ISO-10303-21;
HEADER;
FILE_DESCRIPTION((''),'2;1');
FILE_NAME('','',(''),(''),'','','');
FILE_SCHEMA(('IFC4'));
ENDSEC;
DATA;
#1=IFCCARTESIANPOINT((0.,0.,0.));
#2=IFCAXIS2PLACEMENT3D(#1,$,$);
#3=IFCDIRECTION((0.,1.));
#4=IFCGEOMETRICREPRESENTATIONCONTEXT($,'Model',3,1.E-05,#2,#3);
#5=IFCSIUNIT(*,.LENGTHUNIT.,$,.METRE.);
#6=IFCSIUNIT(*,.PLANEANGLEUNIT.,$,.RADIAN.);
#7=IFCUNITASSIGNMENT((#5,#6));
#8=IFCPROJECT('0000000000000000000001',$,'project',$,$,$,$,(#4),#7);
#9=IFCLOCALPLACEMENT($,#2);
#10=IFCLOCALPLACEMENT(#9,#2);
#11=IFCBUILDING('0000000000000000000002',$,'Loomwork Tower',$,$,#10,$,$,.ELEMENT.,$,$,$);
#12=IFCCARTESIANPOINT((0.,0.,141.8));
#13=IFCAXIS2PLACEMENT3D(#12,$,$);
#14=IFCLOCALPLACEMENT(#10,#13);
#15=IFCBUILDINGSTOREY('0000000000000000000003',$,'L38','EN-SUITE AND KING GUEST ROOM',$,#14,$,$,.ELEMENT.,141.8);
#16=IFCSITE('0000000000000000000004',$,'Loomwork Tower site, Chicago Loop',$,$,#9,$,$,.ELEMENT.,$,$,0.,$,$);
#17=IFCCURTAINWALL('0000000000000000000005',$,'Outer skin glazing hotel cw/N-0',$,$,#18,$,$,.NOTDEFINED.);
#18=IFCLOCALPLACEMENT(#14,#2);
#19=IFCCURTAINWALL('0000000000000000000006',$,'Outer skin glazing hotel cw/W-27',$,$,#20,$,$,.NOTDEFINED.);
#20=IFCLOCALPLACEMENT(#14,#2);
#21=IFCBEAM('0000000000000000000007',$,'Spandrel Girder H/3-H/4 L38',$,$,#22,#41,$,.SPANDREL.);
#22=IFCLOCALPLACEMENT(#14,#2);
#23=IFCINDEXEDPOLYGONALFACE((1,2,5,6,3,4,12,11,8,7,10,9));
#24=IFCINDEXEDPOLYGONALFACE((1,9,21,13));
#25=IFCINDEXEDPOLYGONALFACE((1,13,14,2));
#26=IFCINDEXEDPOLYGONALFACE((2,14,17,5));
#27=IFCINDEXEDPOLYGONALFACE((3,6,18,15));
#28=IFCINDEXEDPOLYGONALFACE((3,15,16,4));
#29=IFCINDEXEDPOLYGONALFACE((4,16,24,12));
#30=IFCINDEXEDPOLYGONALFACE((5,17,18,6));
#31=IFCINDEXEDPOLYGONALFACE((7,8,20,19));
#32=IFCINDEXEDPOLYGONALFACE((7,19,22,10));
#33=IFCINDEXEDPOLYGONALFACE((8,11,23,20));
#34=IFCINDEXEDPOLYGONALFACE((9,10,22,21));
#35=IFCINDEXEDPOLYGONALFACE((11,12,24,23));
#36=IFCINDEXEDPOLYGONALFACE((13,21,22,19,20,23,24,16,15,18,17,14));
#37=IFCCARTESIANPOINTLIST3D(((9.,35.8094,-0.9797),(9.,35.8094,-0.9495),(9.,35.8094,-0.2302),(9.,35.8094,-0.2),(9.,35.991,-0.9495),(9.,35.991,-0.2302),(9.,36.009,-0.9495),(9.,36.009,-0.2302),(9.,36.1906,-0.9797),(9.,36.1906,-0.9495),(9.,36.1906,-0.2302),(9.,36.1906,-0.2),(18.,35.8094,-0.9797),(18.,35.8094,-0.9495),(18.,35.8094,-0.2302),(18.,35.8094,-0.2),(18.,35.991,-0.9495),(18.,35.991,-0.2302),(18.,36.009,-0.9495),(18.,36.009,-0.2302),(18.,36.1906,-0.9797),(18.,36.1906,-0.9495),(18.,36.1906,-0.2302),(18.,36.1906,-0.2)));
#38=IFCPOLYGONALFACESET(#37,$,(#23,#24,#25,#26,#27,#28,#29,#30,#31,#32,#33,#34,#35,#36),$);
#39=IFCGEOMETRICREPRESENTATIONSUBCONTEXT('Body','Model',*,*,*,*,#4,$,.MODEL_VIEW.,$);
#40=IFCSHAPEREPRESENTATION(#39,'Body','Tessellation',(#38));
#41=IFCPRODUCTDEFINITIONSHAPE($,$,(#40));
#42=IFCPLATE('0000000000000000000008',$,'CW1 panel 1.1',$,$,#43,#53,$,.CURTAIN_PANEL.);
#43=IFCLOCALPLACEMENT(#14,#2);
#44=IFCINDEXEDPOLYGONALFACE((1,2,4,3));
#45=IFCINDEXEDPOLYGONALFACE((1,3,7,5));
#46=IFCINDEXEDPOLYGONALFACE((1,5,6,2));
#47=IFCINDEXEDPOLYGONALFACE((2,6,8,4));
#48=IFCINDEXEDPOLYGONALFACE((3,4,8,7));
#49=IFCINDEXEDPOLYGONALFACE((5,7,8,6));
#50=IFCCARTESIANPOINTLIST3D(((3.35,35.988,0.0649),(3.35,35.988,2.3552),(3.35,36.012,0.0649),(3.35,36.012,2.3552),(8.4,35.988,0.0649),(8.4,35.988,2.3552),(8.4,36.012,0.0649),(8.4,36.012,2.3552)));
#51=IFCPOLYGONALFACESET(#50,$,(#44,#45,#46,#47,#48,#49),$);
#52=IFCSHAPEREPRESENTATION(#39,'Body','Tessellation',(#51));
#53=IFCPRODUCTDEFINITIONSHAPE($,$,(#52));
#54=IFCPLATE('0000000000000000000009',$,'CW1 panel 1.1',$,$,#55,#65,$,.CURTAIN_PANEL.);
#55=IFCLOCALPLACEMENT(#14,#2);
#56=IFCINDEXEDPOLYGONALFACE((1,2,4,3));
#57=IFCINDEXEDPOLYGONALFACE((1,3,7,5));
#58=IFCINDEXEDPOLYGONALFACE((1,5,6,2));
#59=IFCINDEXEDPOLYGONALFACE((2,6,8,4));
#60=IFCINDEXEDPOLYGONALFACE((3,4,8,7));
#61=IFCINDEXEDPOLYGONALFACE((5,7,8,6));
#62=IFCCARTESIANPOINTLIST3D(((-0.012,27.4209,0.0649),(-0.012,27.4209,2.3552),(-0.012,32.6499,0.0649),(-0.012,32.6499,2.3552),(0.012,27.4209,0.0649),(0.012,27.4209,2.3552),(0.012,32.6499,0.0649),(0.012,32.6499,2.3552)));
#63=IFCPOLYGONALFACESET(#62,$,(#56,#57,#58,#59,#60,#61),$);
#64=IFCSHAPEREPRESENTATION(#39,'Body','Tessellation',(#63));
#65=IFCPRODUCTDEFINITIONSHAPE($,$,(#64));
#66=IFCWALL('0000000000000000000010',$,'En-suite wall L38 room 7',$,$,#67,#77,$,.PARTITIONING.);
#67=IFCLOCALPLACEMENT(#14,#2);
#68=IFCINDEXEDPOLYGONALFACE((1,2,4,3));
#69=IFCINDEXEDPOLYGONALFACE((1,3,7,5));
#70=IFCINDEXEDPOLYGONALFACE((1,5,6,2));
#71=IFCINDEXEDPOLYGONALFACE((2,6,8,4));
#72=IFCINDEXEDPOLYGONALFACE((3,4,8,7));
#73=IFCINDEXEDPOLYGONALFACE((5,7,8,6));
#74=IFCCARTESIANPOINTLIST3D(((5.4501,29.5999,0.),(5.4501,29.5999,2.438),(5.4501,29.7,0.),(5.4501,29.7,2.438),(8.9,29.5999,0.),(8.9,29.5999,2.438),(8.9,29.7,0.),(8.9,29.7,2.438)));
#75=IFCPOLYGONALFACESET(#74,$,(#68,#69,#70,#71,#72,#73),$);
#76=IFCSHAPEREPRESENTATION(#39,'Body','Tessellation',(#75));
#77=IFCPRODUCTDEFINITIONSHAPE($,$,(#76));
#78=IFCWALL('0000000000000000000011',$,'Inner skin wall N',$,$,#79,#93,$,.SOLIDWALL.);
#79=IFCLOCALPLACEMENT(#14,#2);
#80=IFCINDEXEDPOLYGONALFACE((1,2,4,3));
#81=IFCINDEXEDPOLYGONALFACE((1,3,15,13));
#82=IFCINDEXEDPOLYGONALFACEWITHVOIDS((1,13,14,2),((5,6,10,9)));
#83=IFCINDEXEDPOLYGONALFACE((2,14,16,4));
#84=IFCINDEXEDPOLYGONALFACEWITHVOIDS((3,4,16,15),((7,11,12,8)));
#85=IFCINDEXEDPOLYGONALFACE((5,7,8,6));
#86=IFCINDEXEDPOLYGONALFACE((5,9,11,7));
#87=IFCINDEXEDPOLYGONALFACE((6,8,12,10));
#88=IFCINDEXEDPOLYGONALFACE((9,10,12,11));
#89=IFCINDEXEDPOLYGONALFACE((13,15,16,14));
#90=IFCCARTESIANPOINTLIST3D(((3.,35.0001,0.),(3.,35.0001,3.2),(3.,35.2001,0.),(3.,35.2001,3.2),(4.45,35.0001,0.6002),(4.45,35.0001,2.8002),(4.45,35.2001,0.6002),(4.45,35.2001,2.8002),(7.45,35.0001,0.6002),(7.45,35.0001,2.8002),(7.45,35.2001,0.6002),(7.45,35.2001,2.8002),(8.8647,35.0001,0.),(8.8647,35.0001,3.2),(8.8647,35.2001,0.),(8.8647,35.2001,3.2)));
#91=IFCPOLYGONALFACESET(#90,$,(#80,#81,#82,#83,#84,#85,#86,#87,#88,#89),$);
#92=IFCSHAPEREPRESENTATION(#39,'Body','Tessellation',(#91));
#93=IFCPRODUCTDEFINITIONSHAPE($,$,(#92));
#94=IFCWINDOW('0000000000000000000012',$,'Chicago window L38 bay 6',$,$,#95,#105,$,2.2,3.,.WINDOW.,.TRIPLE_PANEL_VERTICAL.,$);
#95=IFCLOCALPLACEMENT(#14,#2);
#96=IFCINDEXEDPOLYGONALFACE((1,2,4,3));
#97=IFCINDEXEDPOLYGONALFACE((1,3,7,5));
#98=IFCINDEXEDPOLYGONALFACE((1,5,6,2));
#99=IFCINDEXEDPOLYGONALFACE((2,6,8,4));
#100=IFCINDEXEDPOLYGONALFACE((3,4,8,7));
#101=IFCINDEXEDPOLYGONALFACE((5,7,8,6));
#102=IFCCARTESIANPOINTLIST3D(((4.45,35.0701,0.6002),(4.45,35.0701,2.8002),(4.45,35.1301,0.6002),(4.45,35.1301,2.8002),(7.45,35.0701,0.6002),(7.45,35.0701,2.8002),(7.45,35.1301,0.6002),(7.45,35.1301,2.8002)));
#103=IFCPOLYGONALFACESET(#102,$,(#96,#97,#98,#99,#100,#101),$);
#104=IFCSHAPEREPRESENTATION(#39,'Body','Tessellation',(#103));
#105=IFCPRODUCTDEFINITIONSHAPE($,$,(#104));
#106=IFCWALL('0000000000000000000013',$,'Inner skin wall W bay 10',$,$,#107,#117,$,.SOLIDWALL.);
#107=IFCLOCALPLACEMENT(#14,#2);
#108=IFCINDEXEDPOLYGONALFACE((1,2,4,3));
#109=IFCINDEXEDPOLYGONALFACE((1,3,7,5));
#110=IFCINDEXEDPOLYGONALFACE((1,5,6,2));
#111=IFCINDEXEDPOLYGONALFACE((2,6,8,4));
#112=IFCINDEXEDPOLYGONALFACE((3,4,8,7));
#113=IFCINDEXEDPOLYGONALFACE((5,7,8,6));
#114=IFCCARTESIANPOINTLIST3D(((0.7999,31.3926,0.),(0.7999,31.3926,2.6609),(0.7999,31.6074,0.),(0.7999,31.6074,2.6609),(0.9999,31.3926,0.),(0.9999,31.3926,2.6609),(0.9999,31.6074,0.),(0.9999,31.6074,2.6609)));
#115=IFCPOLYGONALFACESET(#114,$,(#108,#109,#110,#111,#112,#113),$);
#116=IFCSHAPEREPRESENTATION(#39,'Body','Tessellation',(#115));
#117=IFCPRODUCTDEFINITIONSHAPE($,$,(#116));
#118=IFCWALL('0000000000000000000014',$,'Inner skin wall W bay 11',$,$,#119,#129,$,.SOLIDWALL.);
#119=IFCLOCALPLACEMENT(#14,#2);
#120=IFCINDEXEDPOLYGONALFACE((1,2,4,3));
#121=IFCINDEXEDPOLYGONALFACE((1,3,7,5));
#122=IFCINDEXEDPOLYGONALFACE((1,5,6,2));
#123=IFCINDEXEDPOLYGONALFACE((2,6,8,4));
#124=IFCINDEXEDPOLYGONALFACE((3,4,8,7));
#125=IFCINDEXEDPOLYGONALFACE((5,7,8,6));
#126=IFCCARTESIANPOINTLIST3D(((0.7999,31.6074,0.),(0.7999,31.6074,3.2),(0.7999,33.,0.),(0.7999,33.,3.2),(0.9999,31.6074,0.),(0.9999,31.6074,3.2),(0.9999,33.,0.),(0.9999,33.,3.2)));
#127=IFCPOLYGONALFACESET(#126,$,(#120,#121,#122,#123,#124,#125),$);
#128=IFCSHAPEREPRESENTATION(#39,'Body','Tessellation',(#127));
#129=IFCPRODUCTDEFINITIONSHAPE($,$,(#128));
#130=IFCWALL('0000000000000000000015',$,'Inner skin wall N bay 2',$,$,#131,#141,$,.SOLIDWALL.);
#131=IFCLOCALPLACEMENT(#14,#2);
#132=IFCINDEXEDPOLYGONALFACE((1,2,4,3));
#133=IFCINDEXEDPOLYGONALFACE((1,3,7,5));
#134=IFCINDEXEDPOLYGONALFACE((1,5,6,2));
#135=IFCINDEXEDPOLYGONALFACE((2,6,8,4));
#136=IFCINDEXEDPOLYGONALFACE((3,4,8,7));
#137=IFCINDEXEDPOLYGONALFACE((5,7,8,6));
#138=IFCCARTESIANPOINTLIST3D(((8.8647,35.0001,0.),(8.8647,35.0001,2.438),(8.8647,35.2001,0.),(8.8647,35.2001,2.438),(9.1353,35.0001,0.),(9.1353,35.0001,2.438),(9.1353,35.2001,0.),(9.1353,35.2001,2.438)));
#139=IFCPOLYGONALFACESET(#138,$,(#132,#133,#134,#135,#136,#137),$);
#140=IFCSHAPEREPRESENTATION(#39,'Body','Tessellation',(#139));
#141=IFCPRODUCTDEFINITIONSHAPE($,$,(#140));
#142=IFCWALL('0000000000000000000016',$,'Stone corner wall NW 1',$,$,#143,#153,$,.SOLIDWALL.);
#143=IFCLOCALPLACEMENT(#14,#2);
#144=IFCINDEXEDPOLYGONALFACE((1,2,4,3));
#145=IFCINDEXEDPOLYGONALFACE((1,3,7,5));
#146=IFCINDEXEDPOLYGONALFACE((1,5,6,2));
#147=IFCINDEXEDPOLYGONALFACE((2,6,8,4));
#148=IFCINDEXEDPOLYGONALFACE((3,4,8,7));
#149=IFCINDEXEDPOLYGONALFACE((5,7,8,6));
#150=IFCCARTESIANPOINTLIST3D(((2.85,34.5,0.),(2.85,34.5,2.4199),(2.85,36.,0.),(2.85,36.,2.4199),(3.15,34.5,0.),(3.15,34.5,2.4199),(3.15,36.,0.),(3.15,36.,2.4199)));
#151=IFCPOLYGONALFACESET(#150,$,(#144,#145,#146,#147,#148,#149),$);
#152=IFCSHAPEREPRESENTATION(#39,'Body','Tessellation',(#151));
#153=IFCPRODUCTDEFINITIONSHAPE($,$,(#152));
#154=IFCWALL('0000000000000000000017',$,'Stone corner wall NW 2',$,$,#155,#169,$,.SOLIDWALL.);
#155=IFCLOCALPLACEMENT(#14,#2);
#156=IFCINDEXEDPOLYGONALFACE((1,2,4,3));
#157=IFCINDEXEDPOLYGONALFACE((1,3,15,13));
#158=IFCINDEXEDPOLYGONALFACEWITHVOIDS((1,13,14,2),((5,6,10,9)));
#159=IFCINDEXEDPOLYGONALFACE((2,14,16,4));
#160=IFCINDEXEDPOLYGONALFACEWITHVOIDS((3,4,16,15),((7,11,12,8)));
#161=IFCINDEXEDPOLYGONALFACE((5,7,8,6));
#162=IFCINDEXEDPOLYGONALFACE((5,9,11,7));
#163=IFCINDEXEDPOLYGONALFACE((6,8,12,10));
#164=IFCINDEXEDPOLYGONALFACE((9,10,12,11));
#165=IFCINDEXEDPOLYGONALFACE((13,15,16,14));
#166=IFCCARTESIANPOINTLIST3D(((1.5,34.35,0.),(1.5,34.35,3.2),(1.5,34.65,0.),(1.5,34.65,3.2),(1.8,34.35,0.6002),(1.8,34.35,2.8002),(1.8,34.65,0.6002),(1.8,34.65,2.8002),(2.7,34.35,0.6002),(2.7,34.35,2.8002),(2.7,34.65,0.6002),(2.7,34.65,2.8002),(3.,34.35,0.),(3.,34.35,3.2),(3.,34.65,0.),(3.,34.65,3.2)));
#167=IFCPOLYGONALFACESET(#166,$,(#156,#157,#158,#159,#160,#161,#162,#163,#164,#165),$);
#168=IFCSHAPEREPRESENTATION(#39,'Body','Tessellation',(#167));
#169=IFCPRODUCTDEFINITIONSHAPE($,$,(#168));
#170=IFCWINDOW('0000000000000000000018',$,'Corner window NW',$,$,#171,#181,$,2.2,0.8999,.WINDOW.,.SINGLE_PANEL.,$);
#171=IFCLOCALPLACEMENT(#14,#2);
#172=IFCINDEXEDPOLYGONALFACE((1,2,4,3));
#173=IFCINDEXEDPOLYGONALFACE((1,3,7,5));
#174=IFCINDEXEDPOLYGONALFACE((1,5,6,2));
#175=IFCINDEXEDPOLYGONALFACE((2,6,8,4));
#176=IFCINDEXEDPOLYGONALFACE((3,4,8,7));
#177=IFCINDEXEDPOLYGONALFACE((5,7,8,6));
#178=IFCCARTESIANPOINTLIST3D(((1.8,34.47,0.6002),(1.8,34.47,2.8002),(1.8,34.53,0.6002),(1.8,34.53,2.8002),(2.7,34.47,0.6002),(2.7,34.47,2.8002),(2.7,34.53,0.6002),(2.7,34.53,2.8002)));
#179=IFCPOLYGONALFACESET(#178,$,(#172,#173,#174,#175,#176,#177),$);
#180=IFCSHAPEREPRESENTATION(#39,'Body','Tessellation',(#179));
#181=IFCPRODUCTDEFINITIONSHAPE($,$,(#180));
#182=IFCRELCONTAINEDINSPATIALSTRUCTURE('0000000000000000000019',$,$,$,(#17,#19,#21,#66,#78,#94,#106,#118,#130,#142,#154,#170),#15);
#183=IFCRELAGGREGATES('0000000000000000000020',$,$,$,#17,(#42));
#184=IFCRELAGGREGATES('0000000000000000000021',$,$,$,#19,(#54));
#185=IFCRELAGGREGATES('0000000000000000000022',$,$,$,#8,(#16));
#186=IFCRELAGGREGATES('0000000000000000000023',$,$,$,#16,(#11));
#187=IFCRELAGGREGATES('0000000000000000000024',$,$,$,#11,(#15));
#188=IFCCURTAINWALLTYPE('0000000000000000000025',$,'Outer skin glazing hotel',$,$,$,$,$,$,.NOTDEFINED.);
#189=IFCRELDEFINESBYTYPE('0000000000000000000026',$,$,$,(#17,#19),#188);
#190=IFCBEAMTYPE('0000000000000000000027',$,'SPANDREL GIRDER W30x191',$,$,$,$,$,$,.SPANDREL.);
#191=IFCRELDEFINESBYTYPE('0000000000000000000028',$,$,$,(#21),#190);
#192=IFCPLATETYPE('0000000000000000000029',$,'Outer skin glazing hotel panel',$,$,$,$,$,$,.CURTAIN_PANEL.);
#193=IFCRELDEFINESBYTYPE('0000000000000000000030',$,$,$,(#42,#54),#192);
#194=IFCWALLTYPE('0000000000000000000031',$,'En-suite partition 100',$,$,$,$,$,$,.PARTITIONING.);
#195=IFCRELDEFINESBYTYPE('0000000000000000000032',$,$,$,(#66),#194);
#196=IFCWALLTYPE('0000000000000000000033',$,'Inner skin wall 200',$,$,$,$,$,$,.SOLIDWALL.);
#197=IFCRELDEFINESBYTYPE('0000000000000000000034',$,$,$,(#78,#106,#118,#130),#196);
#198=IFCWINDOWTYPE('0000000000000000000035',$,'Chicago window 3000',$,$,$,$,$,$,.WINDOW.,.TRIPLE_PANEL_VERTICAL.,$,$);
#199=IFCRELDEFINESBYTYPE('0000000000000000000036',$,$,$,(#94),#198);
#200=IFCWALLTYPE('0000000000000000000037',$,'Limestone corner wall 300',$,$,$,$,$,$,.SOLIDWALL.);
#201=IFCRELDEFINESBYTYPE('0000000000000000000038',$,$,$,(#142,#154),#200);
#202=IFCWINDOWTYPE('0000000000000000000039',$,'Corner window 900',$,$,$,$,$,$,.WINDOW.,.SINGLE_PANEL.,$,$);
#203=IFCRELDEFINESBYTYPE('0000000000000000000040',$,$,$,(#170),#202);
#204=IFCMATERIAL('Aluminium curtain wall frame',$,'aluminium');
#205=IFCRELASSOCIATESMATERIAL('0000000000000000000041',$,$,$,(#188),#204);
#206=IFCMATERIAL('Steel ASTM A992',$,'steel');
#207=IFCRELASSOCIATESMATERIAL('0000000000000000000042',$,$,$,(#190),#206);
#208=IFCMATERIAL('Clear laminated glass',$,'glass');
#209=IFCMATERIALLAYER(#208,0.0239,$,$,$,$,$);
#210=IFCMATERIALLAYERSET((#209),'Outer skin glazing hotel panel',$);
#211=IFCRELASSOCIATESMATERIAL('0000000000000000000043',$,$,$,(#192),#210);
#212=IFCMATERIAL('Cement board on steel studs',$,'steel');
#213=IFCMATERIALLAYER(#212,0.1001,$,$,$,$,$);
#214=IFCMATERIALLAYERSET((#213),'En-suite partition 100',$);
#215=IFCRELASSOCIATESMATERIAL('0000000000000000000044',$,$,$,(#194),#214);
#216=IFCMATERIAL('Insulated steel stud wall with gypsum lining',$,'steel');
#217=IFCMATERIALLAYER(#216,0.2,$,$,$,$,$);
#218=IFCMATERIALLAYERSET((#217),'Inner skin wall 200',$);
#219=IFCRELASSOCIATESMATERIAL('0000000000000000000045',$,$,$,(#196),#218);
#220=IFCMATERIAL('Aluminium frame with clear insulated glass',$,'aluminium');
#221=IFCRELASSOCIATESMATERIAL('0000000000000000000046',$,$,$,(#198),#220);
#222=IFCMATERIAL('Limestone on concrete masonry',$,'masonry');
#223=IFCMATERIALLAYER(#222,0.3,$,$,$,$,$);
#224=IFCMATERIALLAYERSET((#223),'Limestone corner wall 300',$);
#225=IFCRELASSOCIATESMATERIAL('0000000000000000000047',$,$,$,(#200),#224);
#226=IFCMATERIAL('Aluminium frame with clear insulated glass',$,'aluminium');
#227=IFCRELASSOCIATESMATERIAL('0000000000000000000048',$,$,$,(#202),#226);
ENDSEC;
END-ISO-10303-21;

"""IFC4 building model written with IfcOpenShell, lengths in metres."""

from ifc_helpers import new_model, si_unit, direction, frame, frame_2d, origin, origin_2d, place, context, subcontext, project, spatial, rectangle, i_section, extrude, material, layer, layer_set, material_profile, profile_set, type_object, element, fill, aggregate, save


model = new_model("IFC4")

# Units and contexts
model_context = context("Model", 3, precision=1e-05, world=origin(), true_north=direction((0.0, 1.0)))
body_context = subcontext(model_context, "Body", "Model", "MODEL_VIEW")
ifc_project = project(units=[si_unit("LENGTHUNIT", "METRE"), si_unit("PLANEANGLEUNIT", "RADIAN")], contexts=[model_context])

# Site, building, storey
site_placement = place(None, origin())
site = spatial("IfcSite", under=ifc_project, at=site_placement, Name="Loomwork Tower site, Chicago Loop", CompositionType="ELEMENT", RefElevation=0.0)
building_placement = place(site_placement, origin())
building = spatial("IfcBuilding", under=site, at=building_placement, Name="Loomwork Tower", CompositionType="ELEMENT")
storey_placement = place(building_placement, frame((0.0, 0.0, 141.8)))
storey = spatial("IfcBuildingStorey", under=building, at=storey_placement, Name="L38", Description="EN-SUITE AND KING GUEST ROOM", CompositionType="ELEMENT", Elevation=141.8)

# Curtain wall
ifc_material_1 = material(Name="Aluminium curtain wall frame", Category="aluminium")
curtain_wall_type = type_object("IfcCurtainWallType", Name="Outer skin glazing hotel", PredefinedType="NOTDEFINED", material=ifc_material_1)
curtain_wall_1_placement = place(storey_placement, origin())
curtain_wall_1 = element("IfcCurtainWall", 1, at=curtain_wall_1_placement, inside=storey, type_object=curtain_wall_type, Name="Outer skin glazing hotel cw/N-0", PredefinedType="NOTDEFINED")

# Curtain wall
curtain_wall_2_placement = place(storey_placement, origin())
curtain_wall_2 = element("IfcCurtainWall", 2, at=curtain_wall_2_placement, inside=storey, type_object=curtain_wall_type, Name="Outer skin glazing hotel cw/W-27", PredefinedType="NOTDEFINED")

# Beam
ifc_material_2 = material(Name="Steel ASTM A992", Category="steel")
ifc_material_profile_1 = material_profile(ifc_material_2, i_section(OverallWidth=0.3811, OverallDepth=0.7798, WebThickness=0.0181, FlangeThickness=0.0303, at=origin_2d()), Name="W30x191")
ifc_profile_set_1 = profile_set([ifc_material_profile_1], Name="Steel ASTM A992")
beam_type_1 = type_object("IfcBeamType", Name="SPANDREL GIRDER W30x191", PredefinedType="SPANDREL", material=ifc_profile_set_1)
for number, where, z_axis, x_axis, name in (
    (3, (9.0, 36.0, -0.5898), (1.0, 0.0, 0.0), (0.0, 1.0, 0.0), "Spandrel Girder H/3-H/4 L38"),
):
    element("IfcBeam", number, at=place(storey_placement, frame(where, z_axis=z_axis, x_axis=x_axis)), inside=storey, type_object=beam_type_1, Name=name, PredefinedType="SPANDREL", context=body_context, shape_type="SweptSolid", body=[
        extrude(i_section(OverallWidth=0.3811, OverallDepth=0.7798, WebThickness=0.0181, FlangeThickness=0.0303, at=origin_2d()), origin(), (0.0, 0.0, 1.0), 9.0),
    ])

# Plates
ifc_material_3 = material(Name="Clear laminated glass", Category="glass")
ifc_layer_1 = layer(ifc_material_3, 0.0239)
ifc_layer_set_1 = layer_set([ifc_layer_1], Name="Outer skin glazing hotel panel")
plate_type = type_object("IfcPlateType", Name="Outer skin glazing hotel panel", PredefinedType="CURTAIN_PANEL", material=ifc_layer_set_1)
plate_1_placement = place(storey_placement, frame((5.875, 36.0, 0.0649), z_axis=(0.0, 0.0, 1.0), x_axis=(-1.0, 0.0, 0.0)))
plate_1 = element("IfcPlate", 4, at=plate_1_placement, type_object=plate_type, Name="CW1 panel 1.1", PredefinedType="CURTAIN_PANEL", context=body_context, shape_type="SweptSolid", body=[
    extrude(rectangle(XDim=5.05, YDim=0.0239, at=origin_2d()), origin(), (0.0, 0.0, 1.0), 2.2903),
])
aggregate(curtain_wall_1, [plate_1])
plate_2_placement = place(storey_placement, frame((0.0, 30.0354, 0.0649), z_axis=(0.0, 0.0, 1.0), x_axis=(0.0, -1.0, 0.0)))
plate_2 = element("IfcPlate", 5, at=plate_2_placement, type_object=plate_type, Name="CW1 panel 1.1", PredefinedType="CURTAIN_PANEL", context=body_context, shape_type="SweptSolid", body=[
    extrude(rectangle(XDim=5.229, YDim=0.0239, at=origin_2d()), origin(), (0.0, 0.0, 1.0), 2.2903),
])
aggregate(curtain_wall_2, [plate_2])

# Wall
ifc_material_4 = material(Name="Cement board on steel studs", Category="steel")
ifc_layer_2 = layer(ifc_material_4, 0.1001)
ifc_layer_set_2 = layer_set([ifc_layer_2], Name="En-suite partition 100")
wall_type_1 = type_object("IfcWallType", Name="En-suite partition 100", PredefinedType="PARTITIONING", material=ifc_layer_set_2)
wall_1_placement = place(storey_placement, frame((5.45, 29.6499, 0.0), z_axis=(0.0, 0.0, 1.0), x_axis=(1.0, 0.0, 0.0)))
element("IfcWall", 6, at=wall_1_placement, inside=storey, type_object=wall_type_1, Name="En-suite wall L38 room 7", PredefinedType="PARTITIONING", context=body_context, shape_type="SweptSolid", body=[
    extrude(rectangle(XDim=3.45, YDim=0.1001, at=frame_2d((1.7251, 0.0))), origin(), (0.0, 0.0, 1.0), 2.438),
])

# Wall, opening, window
ifc_material_5 = material(Name="Insulated steel stud wall with gypsum lining", Category="steel")
ifc_layer_3 = layer(ifc_material_5, 0.2)
ifc_layer_set_3 = layer_set([ifc_layer_3], Name="Inner skin wall 200")
wall_type_2 = type_object("IfcWallType", Name="Inner skin wall 200", PredefinedType="SOLIDWALL", material=ifc_layer_set_3)
wall_2_placement = place(storey_placement, frame((3.0, 35.1001, 0.0), z_axis=(0.0, 0.0, 1.0), x_axis=(1.0, 0.0, 0.0)))
wall_2 = element("IfcWall", 7, at=wall_2_placement, inside=storey, type_object=wall_type_2, Name="Inner skin wall N", PredefinedType="SOLIDWALL", context=body_context, shape_type="SweptSolid", body=[
    extrude(rectangle(XDim=5.8647, YDim=0.2, at=frame_2d((2.9324, 0.0))), origin(), (0.0, 0.0, 1.0), 3.2),
])
opening_1_placement = place(wall_2_placement, frame((1.45, 0.0, 0.6001)))
opening_1 = element("IfcOpeningElement", 8, at=opening_1_placement, cuts=wall_2, PredefinedType="OPENING", context=body_context, shape_type="SweptSolid", body=[
    extrude(rectangle(XDim=3.0, YDim=2.2, at=frame_2d((1.5, 1.1001))), frame((0.0, 0.1099, 0.0), z_axis=(0.0, -1.0, 0.0), x_axis=(1.0, 0.0, 0.0)), (0.0, 0.0, 1.0), 0.22),
])
ifc_material_6 = material(Name="Aluminium frame with clear insulated glass", Category="aluminium")
window_type_1 = type_object("IfcWindowType", Name="Chicago window 3000", PartitioningType="TRIPLE_PANEL_VERTICAL", PredefinedType="WINDOW", material=ifc_material_6)
window_1_placement = place(opening_1_placement, origin())
window_1 = element("IfcWindow", 9, at=window_1_placement, inside=storey, type_object=window_type_1, Name="Chicago window L38 bay 6", OverallHeight=2.2, OverallWidth=3.0, PartitioningType="TRIPLE_PANEL_VERTICAL", PredefinedType="WINDOW", context=body_context, shape_type="SweptSolid", body=[
    extrude(rectangle(XDim=3.0, YDim=2.2, at=frame_2d((1.5, 1.1001))), frame((0.0, 0.03, 0.0), z_axis=(0.0, -1.0, 0.0), x_axis=(1.0, 0.0, 0.0)), (0.0, 0.0, 1.0), 0.0601),
])
fill(opening_1, window_1)

# Walls
wall_3_placement = place(storey_placement, frame((0.8999, 31.3926, 0.0), z_axis=(0.0, 0.0, 1.0), x_axis=(0.0, 1.0, 0.0)))
element("IfcWall", 10, at=wall_3_placement, inside=storey, type_object=wall_type_2, Name="Inner skin wall W bay 10", PredefinedType="SOLIDWALL", context=body_context, shape_type="SweptSolid", body=[
    extrude(rectangle(XDim=0.2148, YDim=0.2, at=frame_2d((0.1074, 0.0))), origin(), (0.0, 0.0, 1.0), 2.6609),
])
wall_4_placement = place(storey_placement, frame((0.8999, 31.6074, 0.0), z_axis=(0.0, 0.0, 1.0), x_axis=(0.0, 1.0, 0.0)))
element("IfcWall", 11, at=wall_4_placement, inside=storey, type_object=wall_type_2, Name="Inner skin wall W bay 11", PredefinedType="SOLIDWALL", context=body_context, shape_type="SweptSolid", body=[
    extrude(rectangle(XDim=1.3926, YDim=0.2, at=frame_2d((0.6963, 0.0))), origin(), (0.0, 0.0, 1.0), 3.2),
])
wall_5_placement = place(storey_placement, frame((8.8647, 35.1001, 0.0), z_axis=(0.0, 0.0, 1.0), x_axis=(1.0, 0.0, 0.0)))
element("IfcWall", 12, at=wall_5_placement, inside=storey, type_object=wall_type_2, Name="Inner skin wall N bay 2", PredefinedType="SOLIDWALL", context=body_context, shape_type="SweptSolid", body=[
    extrude(rectangle(XDim=0.2705, YDim=0.2, at=frame_2d((0.1353, 0.0))), origin(), (0.0, 0.0, 1.0), 2.438),
])
ifc_material_7 = material(Name="Limestone on concrete masonry", Category="masonry")
ifc_layer_4 = layer(ifc_material_7, 0.3)
ifc_layer_set_4 = layer_set([ifc_layer_4], Name="Limestone corner wall 300")
wall_type_3 = type_object("IfcWallType", Name="Limestone corner wall 300", PredefinedType="SOLIDWALL", material=ifc_layer_set_4)
wall_6_placement = place(storey_placement, frame((3.0, 36.0, 0.0), z_axis=(0.0, 0.0, 1.0), x_axis=(0.0, -1.0, 0.0)))
element("IfcWall", 13, at=wall_6_placement, inside=storey, type_object=wall_type_3, Name="Stone corner wall NW 1", PredefinedType="SOLIDWALL", context=body_context, shape_type="SweptSolid", body=[
    extrude(rectangle(XDim=1.5, YDim=0.3, at=frame_2d((0.75, 0.0))), origin(), (0.0, 0.0, 1.0), 2.4199),
])

# Wall, opening, window
wall_7_placement = place(storey_placement, frame((3.0, 34.5, 0.0), z_axis=(0.0, 0.0, 1.0), x_axis=(-1.0, 0.0, 0.0)))
wall_7 = element("IfcWall", 14, at=wall_7_placement, inside=storey, type_object=wall_type_3, Name="Stone corner wall NW 2", PredefinedType="SOLIDWALL", context=body_context, shape_type="SweptSolid", body=[
    extrude(rectangle(XDim=1.5, YDim=0.3, at=frame_2d((0.75, 0.0))), origin(), (0.0, 0.0, 1.0), 3.2),
])
opening_2_placement = place(wall_7_placement, frame((0.3, 0.0, 0.6001)))
opening_2 = element("IfcOpeningElement", 15, at=opening_2_placement, cuts=wall_7, PredefinedType="OPENING", context=body_context, shape_type="SweptSolid", body=[
    extrude(rectangle(XDim=0.8999, YDim=2.2, at=frame_2d((0.45, 1.1001))), frame((0.0, 0.1599, 0.0), z_axis=(0.0, -1.0, 0.0), x_axis=(1.0, 0.0, 0.0)), (0.0, 0.0, 1.0), 0.3201),
])
ifc_material_8 = material(Name="Aluminium frame with clear insulated glass", Category="aluminium")
window_type_2 = type_object("IfcWindowType", Name="Corner window 900", PartitioningType="SINGLE_PANEL", PredefinedType="WINDOW", material=ifc_material_8)
window_2_placement = place(opening_2_placement, origin())
window_2 = element("IfcWindow", 16, at=window_2_placement, inside=storey, type_object=window_type_2, Name="Corner window NW", OverallHeight=2.2, OverallWidth=0.8999, PartitioningType="SINGLE_PANEL", PredefinedType="WINDOW", context=body_context, shape_type="SweptSolid", body=[
    extrude(rectangle(XDim=0.8999, YDim=2.2, at=frame_2d((0.45, 1.1001))), frame((0.0, 0.03, 0.0), z_axis=(0.0, -1.0, 0.0), x_axis=(1.0, 0.0, 0.0)), (0.0, 0.0, 1.0), 0.0601),
])
fill(opening_2, window_2)

save(model, "model.ifc")
